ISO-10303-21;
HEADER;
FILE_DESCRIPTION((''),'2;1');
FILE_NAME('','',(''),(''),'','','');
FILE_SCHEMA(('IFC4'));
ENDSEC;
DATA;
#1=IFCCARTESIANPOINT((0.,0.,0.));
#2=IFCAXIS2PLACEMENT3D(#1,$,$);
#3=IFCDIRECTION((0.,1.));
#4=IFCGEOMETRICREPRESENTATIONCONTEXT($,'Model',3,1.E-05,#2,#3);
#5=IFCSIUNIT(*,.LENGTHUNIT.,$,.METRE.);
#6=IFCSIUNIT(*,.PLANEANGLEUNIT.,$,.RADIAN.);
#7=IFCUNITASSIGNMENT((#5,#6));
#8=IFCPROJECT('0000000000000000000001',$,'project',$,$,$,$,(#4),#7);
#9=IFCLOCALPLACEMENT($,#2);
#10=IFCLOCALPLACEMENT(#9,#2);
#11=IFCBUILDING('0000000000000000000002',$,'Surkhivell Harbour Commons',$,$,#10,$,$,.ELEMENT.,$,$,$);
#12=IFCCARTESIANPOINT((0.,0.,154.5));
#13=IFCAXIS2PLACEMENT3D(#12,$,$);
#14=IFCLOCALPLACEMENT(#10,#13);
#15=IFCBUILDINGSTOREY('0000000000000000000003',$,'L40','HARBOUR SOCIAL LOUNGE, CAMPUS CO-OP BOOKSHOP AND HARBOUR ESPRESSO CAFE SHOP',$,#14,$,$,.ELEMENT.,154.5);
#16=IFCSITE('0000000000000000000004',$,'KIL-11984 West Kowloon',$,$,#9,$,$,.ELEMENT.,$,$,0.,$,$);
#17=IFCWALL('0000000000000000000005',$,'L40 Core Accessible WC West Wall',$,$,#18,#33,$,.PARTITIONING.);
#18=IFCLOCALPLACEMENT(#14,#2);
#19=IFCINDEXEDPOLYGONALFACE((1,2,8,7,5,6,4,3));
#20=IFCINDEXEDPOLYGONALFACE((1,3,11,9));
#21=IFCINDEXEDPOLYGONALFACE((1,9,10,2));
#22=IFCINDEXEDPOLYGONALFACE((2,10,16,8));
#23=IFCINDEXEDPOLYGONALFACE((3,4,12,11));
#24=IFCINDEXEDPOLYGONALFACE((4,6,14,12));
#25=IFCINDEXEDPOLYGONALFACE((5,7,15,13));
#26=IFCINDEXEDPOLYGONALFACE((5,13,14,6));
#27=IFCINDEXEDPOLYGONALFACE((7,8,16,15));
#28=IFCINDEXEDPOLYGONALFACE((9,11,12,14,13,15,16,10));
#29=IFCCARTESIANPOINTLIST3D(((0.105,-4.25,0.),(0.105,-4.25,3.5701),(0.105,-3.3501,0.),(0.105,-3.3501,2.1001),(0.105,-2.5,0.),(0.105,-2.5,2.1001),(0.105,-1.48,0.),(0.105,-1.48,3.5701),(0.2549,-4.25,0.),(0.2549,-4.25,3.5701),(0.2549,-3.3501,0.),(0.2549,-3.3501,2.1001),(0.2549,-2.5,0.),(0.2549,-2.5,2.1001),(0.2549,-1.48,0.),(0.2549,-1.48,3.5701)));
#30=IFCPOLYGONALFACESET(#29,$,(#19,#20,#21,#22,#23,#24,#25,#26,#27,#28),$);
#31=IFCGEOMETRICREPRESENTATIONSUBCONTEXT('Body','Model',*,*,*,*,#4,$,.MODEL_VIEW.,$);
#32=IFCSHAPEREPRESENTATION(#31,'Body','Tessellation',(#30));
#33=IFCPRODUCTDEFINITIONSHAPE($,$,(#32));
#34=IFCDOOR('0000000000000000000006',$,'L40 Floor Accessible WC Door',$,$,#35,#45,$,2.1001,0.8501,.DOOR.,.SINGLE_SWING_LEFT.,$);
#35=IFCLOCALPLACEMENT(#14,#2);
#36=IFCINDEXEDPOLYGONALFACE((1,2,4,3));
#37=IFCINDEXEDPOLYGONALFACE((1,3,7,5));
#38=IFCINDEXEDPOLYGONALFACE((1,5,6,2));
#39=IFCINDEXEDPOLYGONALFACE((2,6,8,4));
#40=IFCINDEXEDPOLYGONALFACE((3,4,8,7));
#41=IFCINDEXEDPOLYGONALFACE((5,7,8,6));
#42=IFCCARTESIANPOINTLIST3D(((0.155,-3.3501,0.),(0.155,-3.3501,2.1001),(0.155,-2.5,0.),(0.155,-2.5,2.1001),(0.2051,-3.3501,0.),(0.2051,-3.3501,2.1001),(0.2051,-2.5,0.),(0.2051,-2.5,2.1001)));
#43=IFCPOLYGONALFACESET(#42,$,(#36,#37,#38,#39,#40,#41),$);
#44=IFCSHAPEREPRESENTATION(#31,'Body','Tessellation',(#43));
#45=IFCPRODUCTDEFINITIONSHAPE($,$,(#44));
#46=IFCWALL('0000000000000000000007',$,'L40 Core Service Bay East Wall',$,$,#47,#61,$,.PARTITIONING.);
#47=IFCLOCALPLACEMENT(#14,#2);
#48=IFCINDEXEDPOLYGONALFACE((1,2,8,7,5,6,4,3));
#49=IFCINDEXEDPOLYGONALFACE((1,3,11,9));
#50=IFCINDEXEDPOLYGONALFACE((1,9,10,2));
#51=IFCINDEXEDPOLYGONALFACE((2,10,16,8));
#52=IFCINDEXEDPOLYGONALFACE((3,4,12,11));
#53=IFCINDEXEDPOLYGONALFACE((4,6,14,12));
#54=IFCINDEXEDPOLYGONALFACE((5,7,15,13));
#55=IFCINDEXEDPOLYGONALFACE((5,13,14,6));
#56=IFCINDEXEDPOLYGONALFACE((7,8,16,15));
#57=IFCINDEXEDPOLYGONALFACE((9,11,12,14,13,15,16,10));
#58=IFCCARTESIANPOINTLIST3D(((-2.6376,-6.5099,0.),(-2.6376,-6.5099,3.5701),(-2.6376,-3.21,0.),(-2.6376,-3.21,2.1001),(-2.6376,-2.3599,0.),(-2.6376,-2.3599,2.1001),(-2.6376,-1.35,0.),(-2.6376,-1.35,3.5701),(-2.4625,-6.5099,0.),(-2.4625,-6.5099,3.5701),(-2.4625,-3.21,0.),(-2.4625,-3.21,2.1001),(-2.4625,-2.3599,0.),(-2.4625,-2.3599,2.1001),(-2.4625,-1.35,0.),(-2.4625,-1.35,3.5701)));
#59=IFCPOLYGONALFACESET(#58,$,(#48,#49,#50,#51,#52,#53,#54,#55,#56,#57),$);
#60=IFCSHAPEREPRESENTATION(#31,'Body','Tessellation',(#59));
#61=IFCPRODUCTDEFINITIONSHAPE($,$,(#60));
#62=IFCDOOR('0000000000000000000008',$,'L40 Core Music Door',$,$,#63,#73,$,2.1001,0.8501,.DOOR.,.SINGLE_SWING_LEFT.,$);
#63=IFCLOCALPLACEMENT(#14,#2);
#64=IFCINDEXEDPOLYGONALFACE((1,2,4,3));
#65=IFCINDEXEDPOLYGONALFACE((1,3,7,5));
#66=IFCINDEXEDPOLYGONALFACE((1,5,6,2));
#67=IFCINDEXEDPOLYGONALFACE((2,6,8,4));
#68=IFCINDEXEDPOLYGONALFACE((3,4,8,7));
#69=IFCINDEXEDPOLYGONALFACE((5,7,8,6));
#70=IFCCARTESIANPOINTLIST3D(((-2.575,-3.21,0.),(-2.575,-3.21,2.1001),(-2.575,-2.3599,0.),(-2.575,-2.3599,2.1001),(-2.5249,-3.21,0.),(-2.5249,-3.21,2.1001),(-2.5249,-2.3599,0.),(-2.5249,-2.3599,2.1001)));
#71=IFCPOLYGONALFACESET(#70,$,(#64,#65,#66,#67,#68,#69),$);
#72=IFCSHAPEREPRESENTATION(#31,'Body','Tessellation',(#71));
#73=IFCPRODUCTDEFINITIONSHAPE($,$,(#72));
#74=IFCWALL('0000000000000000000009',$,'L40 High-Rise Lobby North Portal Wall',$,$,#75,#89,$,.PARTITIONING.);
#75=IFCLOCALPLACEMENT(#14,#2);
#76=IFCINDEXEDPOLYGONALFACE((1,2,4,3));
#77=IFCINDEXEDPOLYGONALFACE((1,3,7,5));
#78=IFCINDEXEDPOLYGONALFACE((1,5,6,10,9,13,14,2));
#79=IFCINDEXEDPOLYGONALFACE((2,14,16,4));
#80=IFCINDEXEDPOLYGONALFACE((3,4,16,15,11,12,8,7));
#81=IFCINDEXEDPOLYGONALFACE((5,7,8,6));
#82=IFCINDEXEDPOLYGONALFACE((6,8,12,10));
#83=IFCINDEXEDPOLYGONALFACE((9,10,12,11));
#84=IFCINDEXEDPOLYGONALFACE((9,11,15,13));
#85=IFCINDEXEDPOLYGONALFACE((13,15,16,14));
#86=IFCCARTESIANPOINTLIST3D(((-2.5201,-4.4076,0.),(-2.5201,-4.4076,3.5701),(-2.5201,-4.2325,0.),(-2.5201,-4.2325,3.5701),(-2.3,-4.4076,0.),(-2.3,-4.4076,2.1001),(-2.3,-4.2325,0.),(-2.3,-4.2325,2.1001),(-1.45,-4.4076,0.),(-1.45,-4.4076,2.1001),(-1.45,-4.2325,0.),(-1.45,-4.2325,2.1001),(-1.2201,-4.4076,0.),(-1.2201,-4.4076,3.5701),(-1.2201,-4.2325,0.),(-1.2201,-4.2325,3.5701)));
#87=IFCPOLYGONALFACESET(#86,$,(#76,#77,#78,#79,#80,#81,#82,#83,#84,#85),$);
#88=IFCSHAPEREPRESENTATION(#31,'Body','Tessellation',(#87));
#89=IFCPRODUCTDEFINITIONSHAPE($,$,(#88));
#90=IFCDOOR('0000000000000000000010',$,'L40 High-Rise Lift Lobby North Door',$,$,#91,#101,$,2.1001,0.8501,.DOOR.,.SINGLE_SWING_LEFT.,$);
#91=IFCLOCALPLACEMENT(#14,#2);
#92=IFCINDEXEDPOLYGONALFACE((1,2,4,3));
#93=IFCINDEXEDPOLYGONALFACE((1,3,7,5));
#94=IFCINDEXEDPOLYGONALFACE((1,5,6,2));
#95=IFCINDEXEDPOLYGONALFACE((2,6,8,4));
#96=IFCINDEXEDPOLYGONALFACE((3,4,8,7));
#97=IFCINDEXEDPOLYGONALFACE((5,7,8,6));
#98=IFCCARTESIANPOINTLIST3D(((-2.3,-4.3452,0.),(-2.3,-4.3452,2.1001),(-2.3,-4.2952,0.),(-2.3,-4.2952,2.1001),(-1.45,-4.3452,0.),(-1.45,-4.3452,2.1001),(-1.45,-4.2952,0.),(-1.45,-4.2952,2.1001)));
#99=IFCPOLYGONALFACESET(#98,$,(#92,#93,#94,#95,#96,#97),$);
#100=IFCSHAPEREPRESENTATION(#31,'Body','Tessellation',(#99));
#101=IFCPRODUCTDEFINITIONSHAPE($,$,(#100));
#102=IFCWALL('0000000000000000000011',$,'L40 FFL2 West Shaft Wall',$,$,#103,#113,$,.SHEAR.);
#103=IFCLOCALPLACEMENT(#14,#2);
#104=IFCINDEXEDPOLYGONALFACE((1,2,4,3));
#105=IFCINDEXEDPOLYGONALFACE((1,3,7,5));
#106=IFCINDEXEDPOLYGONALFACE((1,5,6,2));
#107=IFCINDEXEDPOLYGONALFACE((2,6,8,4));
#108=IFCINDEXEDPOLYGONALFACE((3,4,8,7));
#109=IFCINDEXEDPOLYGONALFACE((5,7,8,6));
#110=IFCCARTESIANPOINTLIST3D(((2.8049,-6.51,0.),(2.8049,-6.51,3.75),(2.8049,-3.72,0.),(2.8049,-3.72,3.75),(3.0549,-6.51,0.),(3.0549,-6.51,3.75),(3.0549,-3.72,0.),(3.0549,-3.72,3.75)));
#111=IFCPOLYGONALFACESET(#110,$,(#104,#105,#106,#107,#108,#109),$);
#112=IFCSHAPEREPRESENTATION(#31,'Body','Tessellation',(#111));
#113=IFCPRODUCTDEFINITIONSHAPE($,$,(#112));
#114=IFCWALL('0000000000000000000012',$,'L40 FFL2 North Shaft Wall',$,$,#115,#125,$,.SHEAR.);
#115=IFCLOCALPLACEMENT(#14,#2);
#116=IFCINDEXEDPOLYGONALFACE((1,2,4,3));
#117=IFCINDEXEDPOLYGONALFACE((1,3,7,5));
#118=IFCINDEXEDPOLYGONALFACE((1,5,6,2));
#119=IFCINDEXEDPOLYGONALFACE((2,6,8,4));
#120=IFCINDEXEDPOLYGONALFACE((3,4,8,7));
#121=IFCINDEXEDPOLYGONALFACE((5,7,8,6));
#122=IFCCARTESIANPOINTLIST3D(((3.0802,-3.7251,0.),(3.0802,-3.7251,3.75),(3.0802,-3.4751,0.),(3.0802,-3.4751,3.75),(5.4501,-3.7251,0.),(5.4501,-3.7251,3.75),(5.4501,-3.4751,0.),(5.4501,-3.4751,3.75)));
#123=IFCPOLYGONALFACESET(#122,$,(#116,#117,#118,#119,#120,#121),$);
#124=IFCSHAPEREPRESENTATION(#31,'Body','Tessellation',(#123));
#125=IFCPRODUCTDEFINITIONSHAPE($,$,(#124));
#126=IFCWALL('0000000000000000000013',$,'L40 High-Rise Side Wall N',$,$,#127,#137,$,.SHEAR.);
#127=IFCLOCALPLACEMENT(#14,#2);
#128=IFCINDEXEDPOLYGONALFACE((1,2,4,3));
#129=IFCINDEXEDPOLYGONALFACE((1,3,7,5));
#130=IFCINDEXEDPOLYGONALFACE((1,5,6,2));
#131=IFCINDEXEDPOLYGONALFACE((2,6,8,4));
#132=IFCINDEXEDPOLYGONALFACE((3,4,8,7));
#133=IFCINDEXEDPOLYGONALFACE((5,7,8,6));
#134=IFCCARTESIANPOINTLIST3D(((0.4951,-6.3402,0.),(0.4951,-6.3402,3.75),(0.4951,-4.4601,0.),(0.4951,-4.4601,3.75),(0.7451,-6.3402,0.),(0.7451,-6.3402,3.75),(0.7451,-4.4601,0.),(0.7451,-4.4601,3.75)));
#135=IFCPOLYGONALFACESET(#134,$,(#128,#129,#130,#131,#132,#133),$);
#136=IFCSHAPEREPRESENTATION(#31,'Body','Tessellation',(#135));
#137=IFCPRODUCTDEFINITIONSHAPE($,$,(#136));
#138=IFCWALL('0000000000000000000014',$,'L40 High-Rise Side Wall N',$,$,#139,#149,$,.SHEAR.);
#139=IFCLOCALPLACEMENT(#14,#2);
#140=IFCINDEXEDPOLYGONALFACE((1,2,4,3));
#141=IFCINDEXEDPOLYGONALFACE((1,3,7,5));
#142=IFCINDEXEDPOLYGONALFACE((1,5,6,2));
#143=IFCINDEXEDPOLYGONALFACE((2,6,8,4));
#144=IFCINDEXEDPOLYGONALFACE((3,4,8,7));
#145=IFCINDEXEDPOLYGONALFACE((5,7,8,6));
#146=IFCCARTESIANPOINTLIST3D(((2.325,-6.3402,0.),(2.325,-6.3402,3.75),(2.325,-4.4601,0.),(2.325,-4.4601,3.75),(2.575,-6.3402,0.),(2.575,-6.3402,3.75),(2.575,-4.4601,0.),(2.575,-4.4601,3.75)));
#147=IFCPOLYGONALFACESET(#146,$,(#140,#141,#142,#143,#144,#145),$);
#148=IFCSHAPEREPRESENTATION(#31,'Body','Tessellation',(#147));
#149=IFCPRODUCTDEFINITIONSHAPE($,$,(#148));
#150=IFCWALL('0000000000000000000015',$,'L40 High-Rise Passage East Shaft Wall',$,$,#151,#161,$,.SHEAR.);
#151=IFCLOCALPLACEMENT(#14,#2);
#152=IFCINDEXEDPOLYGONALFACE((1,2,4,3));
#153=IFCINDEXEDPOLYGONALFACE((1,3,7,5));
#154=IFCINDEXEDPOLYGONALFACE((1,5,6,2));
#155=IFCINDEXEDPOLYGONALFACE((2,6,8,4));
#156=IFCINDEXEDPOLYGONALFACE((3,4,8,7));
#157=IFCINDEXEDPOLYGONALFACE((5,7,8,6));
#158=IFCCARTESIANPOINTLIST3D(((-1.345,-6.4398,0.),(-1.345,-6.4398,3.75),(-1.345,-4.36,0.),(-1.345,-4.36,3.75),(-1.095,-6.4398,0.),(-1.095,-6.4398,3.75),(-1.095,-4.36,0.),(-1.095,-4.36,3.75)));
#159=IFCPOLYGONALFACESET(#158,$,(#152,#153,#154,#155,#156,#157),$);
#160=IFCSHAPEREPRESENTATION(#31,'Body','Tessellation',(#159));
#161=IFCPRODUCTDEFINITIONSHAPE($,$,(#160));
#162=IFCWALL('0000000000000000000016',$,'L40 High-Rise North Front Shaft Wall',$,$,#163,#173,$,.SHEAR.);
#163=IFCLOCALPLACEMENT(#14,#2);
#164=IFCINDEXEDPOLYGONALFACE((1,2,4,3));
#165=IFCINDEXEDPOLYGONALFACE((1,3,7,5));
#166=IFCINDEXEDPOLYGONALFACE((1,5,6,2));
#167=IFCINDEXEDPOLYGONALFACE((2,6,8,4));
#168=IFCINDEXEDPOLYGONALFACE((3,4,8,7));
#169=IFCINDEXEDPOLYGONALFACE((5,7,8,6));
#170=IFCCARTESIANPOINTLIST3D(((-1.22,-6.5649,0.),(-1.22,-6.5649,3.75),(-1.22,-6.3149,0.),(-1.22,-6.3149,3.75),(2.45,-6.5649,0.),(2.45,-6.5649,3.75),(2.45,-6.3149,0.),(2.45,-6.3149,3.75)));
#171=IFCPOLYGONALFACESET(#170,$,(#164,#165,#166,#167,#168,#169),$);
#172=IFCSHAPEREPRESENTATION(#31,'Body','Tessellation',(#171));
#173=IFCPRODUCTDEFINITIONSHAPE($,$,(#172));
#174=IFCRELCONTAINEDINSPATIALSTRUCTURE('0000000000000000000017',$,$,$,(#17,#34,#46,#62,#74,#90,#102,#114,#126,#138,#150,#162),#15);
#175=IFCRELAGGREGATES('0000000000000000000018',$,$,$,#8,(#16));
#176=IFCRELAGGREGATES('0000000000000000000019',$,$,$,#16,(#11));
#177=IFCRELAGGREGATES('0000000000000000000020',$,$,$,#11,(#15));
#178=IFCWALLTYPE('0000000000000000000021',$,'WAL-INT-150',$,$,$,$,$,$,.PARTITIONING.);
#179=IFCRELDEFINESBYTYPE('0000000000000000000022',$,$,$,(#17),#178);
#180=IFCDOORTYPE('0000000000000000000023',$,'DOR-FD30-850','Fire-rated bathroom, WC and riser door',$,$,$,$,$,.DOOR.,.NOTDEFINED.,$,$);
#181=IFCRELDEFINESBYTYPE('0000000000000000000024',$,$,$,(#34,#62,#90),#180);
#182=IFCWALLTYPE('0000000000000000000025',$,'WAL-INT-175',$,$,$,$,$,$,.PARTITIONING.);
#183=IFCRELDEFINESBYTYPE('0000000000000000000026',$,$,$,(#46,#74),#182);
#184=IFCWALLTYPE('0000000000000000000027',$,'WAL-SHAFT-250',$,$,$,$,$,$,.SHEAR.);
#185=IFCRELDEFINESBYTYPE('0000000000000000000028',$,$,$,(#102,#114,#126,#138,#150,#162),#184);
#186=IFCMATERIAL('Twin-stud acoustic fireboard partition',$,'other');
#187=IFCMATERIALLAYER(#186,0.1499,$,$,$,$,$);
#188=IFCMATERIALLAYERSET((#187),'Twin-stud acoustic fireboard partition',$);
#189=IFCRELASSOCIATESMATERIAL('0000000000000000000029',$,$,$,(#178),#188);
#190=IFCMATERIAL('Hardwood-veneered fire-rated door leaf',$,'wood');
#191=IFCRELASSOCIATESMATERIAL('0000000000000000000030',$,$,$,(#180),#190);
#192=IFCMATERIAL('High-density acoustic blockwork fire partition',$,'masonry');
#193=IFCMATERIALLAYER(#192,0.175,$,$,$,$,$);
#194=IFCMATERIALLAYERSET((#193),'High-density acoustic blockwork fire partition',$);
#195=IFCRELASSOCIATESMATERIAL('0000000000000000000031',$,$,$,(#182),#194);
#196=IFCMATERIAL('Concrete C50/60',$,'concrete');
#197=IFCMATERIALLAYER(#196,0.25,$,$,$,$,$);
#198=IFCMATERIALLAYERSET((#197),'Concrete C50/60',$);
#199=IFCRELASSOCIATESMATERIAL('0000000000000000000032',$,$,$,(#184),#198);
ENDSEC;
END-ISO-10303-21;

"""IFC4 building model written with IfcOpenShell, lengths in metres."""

from ifc_helpers import new_model, si_unit, direction, frame, frame_2d, origin, place, context, subcontext, project, spatial, rectangle, extrude, material, layer, layer_set, type_object, element, fill, save


model = new_model("IFC4")

# Units and contexts
model_context = context("Model", 3, precision=1e-05, world=origin(), true_north=direction((0.0, 1.0)))
body_context = subcontext(model_context, "Body", "Model", "MODEL_VIEW")
ifc_project = project(units=[si_unit("LENGTHUNIT", "METRE"), si_unit("PLANEANGLEUNIT", "RADIAN")], contexts=[model_context])

# Site, building, storey
site_placement = place(None, origin())
site = spatial("IfcSite", under=ifc_project, at=site_placement, Name="KIL-11984 West Kowloon", CompositionType="ELEMENT", RefElevation=0.0)
building_placement = place(site_placement, origin())
building = spatial("IfcBuilding", under=site, at=building_placement, Name="Surkhivell Harbour Commons", CompositionType="ELEMENT")
storey_placement = place(building_placement, frame((0.0, 0.0, 154.5)))
storey = spatial("IfcBuildingStorey", under=building, at=storey_placement, Name="L40", Description="HARBOUR SOCIAL LOUNGE, CAMPUS CO-OP BOOKSHOP AND HARBOUR ESPRESSO CAFE SHOP", CompositionType="ELEMENT", Elevation=154.5)

# Shared definitions
ifc_material_1 = material(Name="Twin-stud acoustic fireboard partition", Category="other")
ifc_layer_1 = layer(ifc_material_1, 0.1499)
ifc_layer_set_1 = layer_set([ifc_layer_1], Name="Twin-stud acoustic fireboard partition")
wall_type_1 = type_object("IfcWallType", Name="WAL-INT-150", PredefinedType="PARTITIONING", material=ifc_layer_set_1)

# Walls, openings, doors
wall_1_placement = place(storey_placement, frame((0.1799, -4.25, 0.0), z_axis=(0.0, 0.0, 1.0), x_axis=(0.0, 1.0, 0.0)))
wall_1 = element("IfcWall", 1, at=wall_1_placement, inside=storey, type_object=wall_type_1, Name="L40 Core Accessible WC West Wall", PredefinedType="PARTITIONING", context=body_context, shape_type="SweptSolid", body=[
    extrude(rectangle(XDim=2.77, YDim=0.1499, at=frame_2d((1.385, 0.0))), origin(), (0.0, 0.0, 1.0), 3.5701),
])
opening_1_placement = place(wall_1_placement, frame((0.8999, 0.0, 0.0)))
opening_1 = element("IfcOpeningElement", 2, at=opening_1_placement, cuts=wall_1, PredefinedType="OPENING", context=body_context, shape_type="SweptSolid", body=[
    extrude(rectangle(XDim=0.8501, YDim=2.1001, at=frame_2d((0.425, 1.05))), frame((0.0, 0.085, 0.0), z_axis=(0.0, -1.0, 0.0), x_axis=(1.0, 0.0, 0.0)), (0.0, 0.0, 1.0), 0.1699),
])
ifc_material_2 = material(Name="Hardwood-veneered fire-rated door leaf", Category="wood")
door_type_1 = type_object("IfcDoorType", Name="DOR-FD30-850", Description="Fire-rated bathroom, WC and riser door", OperationType="NOTDEFINED", PredefinedType="DOOR", material=ifc_material_2)
door_1_placement = place(opening_1_placement, origin())
door_1 = element("IfcDoor", 3, at=door_1_placement, inside=storey, type_object=door_type_1, Name="L40 Floor Accessible WC Door", OperationType="SINGLE_SWING_LEFT", OverallHeight=2.1001, OverallWidth=0.8501, PredefinedType="DOOR", context=body_context, shape_type="SweptSolid", body=[
    extrude(rectangle(XDim=0.8501, YDim=2.1001, at=frame_2d((0.425, 1.05))), frame((0.0, 0.0249, 0.0), z_axis=(0.0, -1.0, 0.0), x_axis=(1.0, 0.0, 0.0)), (0.0, 0.0, 1.0), 0.05),
])
fill(opening_1, door_1)
ifc_material_3 = material(Name="High-density acoustic blockwork fire partition", Category="masonry")
ifc_layer_2 = layer(ifc_material_3, 0.175)
ifc_layer_set_2 = layer_set([ifc_layer_2], Name="High-density acoustic blockwork fire partition")
wall_type_2 = type_object("IfcWallType", Name="WAL-INT-175", PredefinedType="PARTITIONING", material=ifc_layer_set_2)
wall_2_placement = place(storey_placement, frame((-2.55, -6.51, 0.0), z_axis=(0.0, 0.0, 1.0), x_axis=(0.0, 1.0, 0.0)))
wall_2 = element("IfcWall", 4, at=wall_2_placement, inside=storey, type_object=wall_type_2, Name="L40 Core Service Bay East Wall", PredefinedType="PARTITIONING", context=body_context, shape_type="SweptSolid", body=[
    extrude(rectangle(XDim=5.1599, YDim=0.175, at=frame_2d((2.5801, 0.0))), origin(), (0.0, 0.0, 1.0), 3.5701),
])
opening_2_placement = place(wall_2_placement, frame((3.3, 0.0, 0.0)))
opening_2 = element("IfcOpeningElement", 5, at=opening_2_placement, cuts=wall_2, PredefinedType="OPENING", context=body_context, shape_type="SweptSolid", body=[
    extrude(rectangle(XDim=0.8501, YDim=2.1001, at=frame_2d((0.425, 1.05))), frame((0.0, 0.0974, 0.0), z_axis=(0.0, -1.0, 0.0), x_axis=(1.0, 0.0, 0.0)), (0.0, 0.0, 1.0), 0.1951),
])
door_2_placement = place(opening_2_placement, origin())
door_2 = element("IfcDoor", 6, at=door_2_placement, inside=storey, type_object=door_type_1, Name="L40 Core Music Door", OperationType="SINGLE_SWING_LEFT", OverallHeight=2.1001, OverallWidth=0.8501, PredefinedType="DOOR", context=body_context, shape_type="SweptSolid", body=[
    extrude(rectangle(XDim=0.8501, YDim=2.1001, at=frame_2d((0.425, 1.05))), frame((0.0, 0.0249, 0.0), z_axis=(0.0, -1.0, 0.0), x_axis=(1.0, 0.0, 0.0)), (0.0, 0.0, 1.0), 0.05),
])
fill(opening_2, door_2)
wall_3_placement = place(storey_placement, frame((-2.52, -4.3201, 0.0), z_axis=(0.0, 0.0, 1.0), x_axis=(1.0, 0.0, 0.0)))
wall_3 = element("IfcWall", 7, at=wall_3_placement, inside=storey, type_object=wall_type_2, Name="L40 High-Rise Lobby North Portal Wall", PredefinedType="PARTITIONING", context=body_context, shape_type="SweptSolid", body=[
    extrude(rectangle(XDim=1.3, YDim=0.175, at=frame_2d((0.6499, 0.0))), origin(), (0.0, 0.0, 1.0), 3.5701),
])
opening_3_placement = place(wall_3_placement, frame((0.22, 0.0, 0.0)))
opening_3 = element("IfcOpeningElement", 8, at=opening_3_placement, cuts=wall_3, PredefinedType="OPENING", context=body_context, shape_type="SweptSolid", body=[
    extrude(rectangle(XDim=0.8501, YDim=2.1001, at=frame_2d((0.425, 1.05))), frame((0.0, 0.0974, 0.0), z_axis=(0.0, -1.0, 0.0), x_axis=(1.0, 0.0, 0.0)), (0.0, 0.0, 1.0), 0.1951),
])
door_3_placement = place(opening_3_placement, origin())
door_3 = element("IfcDoor", 9, at=door_3_placement, inside=storey, type_object=door_type_1, Name="L40 High-Rise Lift Lobby North Door", OperationType="SINGLE_SWING_LEFT", OverallHeight=2.1001, OverallWidth=0.8501, PredefinedType="DOOR", context=body_context, shape_type="SweptSolid", body=[
    extrude(rectangle(XDim=0.8501, YDim=2.1001, at=frame_2d((0.425, 1.05))), frame((0.0, 0.0249, 0.0), z_axis=(0.0, -1.0, 0.0), x_axis=(1.0, 0.0, 0.0)), (0.0, 0.0, 1.0), 0.05),
])
fill(opening_3, door_3)

# Walls
ifc_material_4 = material(Name="Concrete C50/60", Category="concrete")
ifc_layer_3 = layer(ifc_material_4, 0.25)
ifc_layer_set_3 = layer_set([ifc_layer_3], Name="Concrete C50/60")
wall_type_3 = type_object("IfcWallType", Name="WAL-SHAFT-250", PredefinedType="SHEAR", material=ifc_layer_set_3)
wall_4_placement = place(storey_placement, frame((2.9299, -6.51, 0.0), z_axis=(0.0, 0.0, 1.0), x_axis=(0.0, 1.0, 0.0)))
element("IfcWall", 10, at=wall_4_placement, inside=storey, type_object=wall_type_3, Name="L40 FFL2 West Shaft Wall", PredefinedType="SHEAR", context=body_context, shape_type="SweptSolid", body=[
    extrude(rectangle(XDim=2.79, YDim=0.25, at=frame_2d((1.395, 0.0))), origin(), (0.0, 0.0, 1.0), 3.75),
])
wall_5_placement = place(storey_placement, frame((3.0801, -3.6001, 0.0), z_axis=(0.0, 0.0, 1.0), x_axis=(1.0, 0.0, 0.0)))
element("IfcWall", 11, at=wall_5_placement, inside=storey, type_object=wall_type_3, Name="L40 FFL2 North Shaft Wall", PredefinedType="SHEAR", context=body_context, shape_type="SweptSolid", body=[
    extrude(rectangle(XDim=2.3699, YDim=0.25, at=frame_2d((1.1851, 0.0))), origin(), (0.0, 0.0, 1.0), 3.75),
])
for number, where, z_axis, x_axis, name in (
    (12, (0.6201, -6.3401, 0.0), (0.0, 0.0, 1.0), (0.0, 1.0, 0.0), "L40 High-Rise Side Wall N"),
    (13, (2.45, -6.3401, 0.0), (0.0, 0.0, 1.0), (0.0, 1.0, 0.0), "L40 High-Rise Side Wall N"),
):
    element("IfcWall", number, at=place(storey_placement, frame(where, z_axis=z_axis, x_axis=x_axis)), inside=storey, type_object=wall_type_3, Name=name, PredefinedType="SHEAR", context=body_context, shape_type="SweptSolid", body=[
        extrude(rectangle(XDim=1.8801, YDim=0.25, at=frame_2d((0.9399, 0.0))), origin(), (0.0, 0.0, 1.0), 3.75),
    ])
wall_6_placement = place(storey_placement, frame((-1.22, -6.4399, 0.0), z_axis=(0.0, 0.0, 1.0), x_axis=(0.0, 1.0, 0.0)))
element("IfcWall", 14, at=wall_6_placement, inside=storey, type_object=wall_type_3, Name="L40 High-Rise Passage East Shaft Wall", PredefinedType="SHEAR", context=body_context, shape_type="SweptSolid", body=[
    extrude(rectangle(XDim=2.0798, YDim=0.25, at=frame_2d((1.04, 0.0))), origin(), (0.0, 0.0, 1.0), 3.75),
])
wall_7_placement = place(storey_placement, frame((-1.22, -6.4399, 0.0), z_axis=(0.0, 0.0, 1.0), x_axis=(1.0, 0.0, 0.0)))
element("IfcWall", 15, at=wall_7_placement, inside=storey, type_object=wall_type_3, Name="L40 High-Rise North Front Shaft Wall", PredefinedType="SHEAR", context=body_context, shape_type="SweptSolid", body=[
    extrude(rectangle(XDim=3.6699, YDim=0.25, at=frame_2d((1.835, 0.0))), origin(), (0.0, 0.0, 1.0), 3.75),
])

save(model, "model.ifc")
